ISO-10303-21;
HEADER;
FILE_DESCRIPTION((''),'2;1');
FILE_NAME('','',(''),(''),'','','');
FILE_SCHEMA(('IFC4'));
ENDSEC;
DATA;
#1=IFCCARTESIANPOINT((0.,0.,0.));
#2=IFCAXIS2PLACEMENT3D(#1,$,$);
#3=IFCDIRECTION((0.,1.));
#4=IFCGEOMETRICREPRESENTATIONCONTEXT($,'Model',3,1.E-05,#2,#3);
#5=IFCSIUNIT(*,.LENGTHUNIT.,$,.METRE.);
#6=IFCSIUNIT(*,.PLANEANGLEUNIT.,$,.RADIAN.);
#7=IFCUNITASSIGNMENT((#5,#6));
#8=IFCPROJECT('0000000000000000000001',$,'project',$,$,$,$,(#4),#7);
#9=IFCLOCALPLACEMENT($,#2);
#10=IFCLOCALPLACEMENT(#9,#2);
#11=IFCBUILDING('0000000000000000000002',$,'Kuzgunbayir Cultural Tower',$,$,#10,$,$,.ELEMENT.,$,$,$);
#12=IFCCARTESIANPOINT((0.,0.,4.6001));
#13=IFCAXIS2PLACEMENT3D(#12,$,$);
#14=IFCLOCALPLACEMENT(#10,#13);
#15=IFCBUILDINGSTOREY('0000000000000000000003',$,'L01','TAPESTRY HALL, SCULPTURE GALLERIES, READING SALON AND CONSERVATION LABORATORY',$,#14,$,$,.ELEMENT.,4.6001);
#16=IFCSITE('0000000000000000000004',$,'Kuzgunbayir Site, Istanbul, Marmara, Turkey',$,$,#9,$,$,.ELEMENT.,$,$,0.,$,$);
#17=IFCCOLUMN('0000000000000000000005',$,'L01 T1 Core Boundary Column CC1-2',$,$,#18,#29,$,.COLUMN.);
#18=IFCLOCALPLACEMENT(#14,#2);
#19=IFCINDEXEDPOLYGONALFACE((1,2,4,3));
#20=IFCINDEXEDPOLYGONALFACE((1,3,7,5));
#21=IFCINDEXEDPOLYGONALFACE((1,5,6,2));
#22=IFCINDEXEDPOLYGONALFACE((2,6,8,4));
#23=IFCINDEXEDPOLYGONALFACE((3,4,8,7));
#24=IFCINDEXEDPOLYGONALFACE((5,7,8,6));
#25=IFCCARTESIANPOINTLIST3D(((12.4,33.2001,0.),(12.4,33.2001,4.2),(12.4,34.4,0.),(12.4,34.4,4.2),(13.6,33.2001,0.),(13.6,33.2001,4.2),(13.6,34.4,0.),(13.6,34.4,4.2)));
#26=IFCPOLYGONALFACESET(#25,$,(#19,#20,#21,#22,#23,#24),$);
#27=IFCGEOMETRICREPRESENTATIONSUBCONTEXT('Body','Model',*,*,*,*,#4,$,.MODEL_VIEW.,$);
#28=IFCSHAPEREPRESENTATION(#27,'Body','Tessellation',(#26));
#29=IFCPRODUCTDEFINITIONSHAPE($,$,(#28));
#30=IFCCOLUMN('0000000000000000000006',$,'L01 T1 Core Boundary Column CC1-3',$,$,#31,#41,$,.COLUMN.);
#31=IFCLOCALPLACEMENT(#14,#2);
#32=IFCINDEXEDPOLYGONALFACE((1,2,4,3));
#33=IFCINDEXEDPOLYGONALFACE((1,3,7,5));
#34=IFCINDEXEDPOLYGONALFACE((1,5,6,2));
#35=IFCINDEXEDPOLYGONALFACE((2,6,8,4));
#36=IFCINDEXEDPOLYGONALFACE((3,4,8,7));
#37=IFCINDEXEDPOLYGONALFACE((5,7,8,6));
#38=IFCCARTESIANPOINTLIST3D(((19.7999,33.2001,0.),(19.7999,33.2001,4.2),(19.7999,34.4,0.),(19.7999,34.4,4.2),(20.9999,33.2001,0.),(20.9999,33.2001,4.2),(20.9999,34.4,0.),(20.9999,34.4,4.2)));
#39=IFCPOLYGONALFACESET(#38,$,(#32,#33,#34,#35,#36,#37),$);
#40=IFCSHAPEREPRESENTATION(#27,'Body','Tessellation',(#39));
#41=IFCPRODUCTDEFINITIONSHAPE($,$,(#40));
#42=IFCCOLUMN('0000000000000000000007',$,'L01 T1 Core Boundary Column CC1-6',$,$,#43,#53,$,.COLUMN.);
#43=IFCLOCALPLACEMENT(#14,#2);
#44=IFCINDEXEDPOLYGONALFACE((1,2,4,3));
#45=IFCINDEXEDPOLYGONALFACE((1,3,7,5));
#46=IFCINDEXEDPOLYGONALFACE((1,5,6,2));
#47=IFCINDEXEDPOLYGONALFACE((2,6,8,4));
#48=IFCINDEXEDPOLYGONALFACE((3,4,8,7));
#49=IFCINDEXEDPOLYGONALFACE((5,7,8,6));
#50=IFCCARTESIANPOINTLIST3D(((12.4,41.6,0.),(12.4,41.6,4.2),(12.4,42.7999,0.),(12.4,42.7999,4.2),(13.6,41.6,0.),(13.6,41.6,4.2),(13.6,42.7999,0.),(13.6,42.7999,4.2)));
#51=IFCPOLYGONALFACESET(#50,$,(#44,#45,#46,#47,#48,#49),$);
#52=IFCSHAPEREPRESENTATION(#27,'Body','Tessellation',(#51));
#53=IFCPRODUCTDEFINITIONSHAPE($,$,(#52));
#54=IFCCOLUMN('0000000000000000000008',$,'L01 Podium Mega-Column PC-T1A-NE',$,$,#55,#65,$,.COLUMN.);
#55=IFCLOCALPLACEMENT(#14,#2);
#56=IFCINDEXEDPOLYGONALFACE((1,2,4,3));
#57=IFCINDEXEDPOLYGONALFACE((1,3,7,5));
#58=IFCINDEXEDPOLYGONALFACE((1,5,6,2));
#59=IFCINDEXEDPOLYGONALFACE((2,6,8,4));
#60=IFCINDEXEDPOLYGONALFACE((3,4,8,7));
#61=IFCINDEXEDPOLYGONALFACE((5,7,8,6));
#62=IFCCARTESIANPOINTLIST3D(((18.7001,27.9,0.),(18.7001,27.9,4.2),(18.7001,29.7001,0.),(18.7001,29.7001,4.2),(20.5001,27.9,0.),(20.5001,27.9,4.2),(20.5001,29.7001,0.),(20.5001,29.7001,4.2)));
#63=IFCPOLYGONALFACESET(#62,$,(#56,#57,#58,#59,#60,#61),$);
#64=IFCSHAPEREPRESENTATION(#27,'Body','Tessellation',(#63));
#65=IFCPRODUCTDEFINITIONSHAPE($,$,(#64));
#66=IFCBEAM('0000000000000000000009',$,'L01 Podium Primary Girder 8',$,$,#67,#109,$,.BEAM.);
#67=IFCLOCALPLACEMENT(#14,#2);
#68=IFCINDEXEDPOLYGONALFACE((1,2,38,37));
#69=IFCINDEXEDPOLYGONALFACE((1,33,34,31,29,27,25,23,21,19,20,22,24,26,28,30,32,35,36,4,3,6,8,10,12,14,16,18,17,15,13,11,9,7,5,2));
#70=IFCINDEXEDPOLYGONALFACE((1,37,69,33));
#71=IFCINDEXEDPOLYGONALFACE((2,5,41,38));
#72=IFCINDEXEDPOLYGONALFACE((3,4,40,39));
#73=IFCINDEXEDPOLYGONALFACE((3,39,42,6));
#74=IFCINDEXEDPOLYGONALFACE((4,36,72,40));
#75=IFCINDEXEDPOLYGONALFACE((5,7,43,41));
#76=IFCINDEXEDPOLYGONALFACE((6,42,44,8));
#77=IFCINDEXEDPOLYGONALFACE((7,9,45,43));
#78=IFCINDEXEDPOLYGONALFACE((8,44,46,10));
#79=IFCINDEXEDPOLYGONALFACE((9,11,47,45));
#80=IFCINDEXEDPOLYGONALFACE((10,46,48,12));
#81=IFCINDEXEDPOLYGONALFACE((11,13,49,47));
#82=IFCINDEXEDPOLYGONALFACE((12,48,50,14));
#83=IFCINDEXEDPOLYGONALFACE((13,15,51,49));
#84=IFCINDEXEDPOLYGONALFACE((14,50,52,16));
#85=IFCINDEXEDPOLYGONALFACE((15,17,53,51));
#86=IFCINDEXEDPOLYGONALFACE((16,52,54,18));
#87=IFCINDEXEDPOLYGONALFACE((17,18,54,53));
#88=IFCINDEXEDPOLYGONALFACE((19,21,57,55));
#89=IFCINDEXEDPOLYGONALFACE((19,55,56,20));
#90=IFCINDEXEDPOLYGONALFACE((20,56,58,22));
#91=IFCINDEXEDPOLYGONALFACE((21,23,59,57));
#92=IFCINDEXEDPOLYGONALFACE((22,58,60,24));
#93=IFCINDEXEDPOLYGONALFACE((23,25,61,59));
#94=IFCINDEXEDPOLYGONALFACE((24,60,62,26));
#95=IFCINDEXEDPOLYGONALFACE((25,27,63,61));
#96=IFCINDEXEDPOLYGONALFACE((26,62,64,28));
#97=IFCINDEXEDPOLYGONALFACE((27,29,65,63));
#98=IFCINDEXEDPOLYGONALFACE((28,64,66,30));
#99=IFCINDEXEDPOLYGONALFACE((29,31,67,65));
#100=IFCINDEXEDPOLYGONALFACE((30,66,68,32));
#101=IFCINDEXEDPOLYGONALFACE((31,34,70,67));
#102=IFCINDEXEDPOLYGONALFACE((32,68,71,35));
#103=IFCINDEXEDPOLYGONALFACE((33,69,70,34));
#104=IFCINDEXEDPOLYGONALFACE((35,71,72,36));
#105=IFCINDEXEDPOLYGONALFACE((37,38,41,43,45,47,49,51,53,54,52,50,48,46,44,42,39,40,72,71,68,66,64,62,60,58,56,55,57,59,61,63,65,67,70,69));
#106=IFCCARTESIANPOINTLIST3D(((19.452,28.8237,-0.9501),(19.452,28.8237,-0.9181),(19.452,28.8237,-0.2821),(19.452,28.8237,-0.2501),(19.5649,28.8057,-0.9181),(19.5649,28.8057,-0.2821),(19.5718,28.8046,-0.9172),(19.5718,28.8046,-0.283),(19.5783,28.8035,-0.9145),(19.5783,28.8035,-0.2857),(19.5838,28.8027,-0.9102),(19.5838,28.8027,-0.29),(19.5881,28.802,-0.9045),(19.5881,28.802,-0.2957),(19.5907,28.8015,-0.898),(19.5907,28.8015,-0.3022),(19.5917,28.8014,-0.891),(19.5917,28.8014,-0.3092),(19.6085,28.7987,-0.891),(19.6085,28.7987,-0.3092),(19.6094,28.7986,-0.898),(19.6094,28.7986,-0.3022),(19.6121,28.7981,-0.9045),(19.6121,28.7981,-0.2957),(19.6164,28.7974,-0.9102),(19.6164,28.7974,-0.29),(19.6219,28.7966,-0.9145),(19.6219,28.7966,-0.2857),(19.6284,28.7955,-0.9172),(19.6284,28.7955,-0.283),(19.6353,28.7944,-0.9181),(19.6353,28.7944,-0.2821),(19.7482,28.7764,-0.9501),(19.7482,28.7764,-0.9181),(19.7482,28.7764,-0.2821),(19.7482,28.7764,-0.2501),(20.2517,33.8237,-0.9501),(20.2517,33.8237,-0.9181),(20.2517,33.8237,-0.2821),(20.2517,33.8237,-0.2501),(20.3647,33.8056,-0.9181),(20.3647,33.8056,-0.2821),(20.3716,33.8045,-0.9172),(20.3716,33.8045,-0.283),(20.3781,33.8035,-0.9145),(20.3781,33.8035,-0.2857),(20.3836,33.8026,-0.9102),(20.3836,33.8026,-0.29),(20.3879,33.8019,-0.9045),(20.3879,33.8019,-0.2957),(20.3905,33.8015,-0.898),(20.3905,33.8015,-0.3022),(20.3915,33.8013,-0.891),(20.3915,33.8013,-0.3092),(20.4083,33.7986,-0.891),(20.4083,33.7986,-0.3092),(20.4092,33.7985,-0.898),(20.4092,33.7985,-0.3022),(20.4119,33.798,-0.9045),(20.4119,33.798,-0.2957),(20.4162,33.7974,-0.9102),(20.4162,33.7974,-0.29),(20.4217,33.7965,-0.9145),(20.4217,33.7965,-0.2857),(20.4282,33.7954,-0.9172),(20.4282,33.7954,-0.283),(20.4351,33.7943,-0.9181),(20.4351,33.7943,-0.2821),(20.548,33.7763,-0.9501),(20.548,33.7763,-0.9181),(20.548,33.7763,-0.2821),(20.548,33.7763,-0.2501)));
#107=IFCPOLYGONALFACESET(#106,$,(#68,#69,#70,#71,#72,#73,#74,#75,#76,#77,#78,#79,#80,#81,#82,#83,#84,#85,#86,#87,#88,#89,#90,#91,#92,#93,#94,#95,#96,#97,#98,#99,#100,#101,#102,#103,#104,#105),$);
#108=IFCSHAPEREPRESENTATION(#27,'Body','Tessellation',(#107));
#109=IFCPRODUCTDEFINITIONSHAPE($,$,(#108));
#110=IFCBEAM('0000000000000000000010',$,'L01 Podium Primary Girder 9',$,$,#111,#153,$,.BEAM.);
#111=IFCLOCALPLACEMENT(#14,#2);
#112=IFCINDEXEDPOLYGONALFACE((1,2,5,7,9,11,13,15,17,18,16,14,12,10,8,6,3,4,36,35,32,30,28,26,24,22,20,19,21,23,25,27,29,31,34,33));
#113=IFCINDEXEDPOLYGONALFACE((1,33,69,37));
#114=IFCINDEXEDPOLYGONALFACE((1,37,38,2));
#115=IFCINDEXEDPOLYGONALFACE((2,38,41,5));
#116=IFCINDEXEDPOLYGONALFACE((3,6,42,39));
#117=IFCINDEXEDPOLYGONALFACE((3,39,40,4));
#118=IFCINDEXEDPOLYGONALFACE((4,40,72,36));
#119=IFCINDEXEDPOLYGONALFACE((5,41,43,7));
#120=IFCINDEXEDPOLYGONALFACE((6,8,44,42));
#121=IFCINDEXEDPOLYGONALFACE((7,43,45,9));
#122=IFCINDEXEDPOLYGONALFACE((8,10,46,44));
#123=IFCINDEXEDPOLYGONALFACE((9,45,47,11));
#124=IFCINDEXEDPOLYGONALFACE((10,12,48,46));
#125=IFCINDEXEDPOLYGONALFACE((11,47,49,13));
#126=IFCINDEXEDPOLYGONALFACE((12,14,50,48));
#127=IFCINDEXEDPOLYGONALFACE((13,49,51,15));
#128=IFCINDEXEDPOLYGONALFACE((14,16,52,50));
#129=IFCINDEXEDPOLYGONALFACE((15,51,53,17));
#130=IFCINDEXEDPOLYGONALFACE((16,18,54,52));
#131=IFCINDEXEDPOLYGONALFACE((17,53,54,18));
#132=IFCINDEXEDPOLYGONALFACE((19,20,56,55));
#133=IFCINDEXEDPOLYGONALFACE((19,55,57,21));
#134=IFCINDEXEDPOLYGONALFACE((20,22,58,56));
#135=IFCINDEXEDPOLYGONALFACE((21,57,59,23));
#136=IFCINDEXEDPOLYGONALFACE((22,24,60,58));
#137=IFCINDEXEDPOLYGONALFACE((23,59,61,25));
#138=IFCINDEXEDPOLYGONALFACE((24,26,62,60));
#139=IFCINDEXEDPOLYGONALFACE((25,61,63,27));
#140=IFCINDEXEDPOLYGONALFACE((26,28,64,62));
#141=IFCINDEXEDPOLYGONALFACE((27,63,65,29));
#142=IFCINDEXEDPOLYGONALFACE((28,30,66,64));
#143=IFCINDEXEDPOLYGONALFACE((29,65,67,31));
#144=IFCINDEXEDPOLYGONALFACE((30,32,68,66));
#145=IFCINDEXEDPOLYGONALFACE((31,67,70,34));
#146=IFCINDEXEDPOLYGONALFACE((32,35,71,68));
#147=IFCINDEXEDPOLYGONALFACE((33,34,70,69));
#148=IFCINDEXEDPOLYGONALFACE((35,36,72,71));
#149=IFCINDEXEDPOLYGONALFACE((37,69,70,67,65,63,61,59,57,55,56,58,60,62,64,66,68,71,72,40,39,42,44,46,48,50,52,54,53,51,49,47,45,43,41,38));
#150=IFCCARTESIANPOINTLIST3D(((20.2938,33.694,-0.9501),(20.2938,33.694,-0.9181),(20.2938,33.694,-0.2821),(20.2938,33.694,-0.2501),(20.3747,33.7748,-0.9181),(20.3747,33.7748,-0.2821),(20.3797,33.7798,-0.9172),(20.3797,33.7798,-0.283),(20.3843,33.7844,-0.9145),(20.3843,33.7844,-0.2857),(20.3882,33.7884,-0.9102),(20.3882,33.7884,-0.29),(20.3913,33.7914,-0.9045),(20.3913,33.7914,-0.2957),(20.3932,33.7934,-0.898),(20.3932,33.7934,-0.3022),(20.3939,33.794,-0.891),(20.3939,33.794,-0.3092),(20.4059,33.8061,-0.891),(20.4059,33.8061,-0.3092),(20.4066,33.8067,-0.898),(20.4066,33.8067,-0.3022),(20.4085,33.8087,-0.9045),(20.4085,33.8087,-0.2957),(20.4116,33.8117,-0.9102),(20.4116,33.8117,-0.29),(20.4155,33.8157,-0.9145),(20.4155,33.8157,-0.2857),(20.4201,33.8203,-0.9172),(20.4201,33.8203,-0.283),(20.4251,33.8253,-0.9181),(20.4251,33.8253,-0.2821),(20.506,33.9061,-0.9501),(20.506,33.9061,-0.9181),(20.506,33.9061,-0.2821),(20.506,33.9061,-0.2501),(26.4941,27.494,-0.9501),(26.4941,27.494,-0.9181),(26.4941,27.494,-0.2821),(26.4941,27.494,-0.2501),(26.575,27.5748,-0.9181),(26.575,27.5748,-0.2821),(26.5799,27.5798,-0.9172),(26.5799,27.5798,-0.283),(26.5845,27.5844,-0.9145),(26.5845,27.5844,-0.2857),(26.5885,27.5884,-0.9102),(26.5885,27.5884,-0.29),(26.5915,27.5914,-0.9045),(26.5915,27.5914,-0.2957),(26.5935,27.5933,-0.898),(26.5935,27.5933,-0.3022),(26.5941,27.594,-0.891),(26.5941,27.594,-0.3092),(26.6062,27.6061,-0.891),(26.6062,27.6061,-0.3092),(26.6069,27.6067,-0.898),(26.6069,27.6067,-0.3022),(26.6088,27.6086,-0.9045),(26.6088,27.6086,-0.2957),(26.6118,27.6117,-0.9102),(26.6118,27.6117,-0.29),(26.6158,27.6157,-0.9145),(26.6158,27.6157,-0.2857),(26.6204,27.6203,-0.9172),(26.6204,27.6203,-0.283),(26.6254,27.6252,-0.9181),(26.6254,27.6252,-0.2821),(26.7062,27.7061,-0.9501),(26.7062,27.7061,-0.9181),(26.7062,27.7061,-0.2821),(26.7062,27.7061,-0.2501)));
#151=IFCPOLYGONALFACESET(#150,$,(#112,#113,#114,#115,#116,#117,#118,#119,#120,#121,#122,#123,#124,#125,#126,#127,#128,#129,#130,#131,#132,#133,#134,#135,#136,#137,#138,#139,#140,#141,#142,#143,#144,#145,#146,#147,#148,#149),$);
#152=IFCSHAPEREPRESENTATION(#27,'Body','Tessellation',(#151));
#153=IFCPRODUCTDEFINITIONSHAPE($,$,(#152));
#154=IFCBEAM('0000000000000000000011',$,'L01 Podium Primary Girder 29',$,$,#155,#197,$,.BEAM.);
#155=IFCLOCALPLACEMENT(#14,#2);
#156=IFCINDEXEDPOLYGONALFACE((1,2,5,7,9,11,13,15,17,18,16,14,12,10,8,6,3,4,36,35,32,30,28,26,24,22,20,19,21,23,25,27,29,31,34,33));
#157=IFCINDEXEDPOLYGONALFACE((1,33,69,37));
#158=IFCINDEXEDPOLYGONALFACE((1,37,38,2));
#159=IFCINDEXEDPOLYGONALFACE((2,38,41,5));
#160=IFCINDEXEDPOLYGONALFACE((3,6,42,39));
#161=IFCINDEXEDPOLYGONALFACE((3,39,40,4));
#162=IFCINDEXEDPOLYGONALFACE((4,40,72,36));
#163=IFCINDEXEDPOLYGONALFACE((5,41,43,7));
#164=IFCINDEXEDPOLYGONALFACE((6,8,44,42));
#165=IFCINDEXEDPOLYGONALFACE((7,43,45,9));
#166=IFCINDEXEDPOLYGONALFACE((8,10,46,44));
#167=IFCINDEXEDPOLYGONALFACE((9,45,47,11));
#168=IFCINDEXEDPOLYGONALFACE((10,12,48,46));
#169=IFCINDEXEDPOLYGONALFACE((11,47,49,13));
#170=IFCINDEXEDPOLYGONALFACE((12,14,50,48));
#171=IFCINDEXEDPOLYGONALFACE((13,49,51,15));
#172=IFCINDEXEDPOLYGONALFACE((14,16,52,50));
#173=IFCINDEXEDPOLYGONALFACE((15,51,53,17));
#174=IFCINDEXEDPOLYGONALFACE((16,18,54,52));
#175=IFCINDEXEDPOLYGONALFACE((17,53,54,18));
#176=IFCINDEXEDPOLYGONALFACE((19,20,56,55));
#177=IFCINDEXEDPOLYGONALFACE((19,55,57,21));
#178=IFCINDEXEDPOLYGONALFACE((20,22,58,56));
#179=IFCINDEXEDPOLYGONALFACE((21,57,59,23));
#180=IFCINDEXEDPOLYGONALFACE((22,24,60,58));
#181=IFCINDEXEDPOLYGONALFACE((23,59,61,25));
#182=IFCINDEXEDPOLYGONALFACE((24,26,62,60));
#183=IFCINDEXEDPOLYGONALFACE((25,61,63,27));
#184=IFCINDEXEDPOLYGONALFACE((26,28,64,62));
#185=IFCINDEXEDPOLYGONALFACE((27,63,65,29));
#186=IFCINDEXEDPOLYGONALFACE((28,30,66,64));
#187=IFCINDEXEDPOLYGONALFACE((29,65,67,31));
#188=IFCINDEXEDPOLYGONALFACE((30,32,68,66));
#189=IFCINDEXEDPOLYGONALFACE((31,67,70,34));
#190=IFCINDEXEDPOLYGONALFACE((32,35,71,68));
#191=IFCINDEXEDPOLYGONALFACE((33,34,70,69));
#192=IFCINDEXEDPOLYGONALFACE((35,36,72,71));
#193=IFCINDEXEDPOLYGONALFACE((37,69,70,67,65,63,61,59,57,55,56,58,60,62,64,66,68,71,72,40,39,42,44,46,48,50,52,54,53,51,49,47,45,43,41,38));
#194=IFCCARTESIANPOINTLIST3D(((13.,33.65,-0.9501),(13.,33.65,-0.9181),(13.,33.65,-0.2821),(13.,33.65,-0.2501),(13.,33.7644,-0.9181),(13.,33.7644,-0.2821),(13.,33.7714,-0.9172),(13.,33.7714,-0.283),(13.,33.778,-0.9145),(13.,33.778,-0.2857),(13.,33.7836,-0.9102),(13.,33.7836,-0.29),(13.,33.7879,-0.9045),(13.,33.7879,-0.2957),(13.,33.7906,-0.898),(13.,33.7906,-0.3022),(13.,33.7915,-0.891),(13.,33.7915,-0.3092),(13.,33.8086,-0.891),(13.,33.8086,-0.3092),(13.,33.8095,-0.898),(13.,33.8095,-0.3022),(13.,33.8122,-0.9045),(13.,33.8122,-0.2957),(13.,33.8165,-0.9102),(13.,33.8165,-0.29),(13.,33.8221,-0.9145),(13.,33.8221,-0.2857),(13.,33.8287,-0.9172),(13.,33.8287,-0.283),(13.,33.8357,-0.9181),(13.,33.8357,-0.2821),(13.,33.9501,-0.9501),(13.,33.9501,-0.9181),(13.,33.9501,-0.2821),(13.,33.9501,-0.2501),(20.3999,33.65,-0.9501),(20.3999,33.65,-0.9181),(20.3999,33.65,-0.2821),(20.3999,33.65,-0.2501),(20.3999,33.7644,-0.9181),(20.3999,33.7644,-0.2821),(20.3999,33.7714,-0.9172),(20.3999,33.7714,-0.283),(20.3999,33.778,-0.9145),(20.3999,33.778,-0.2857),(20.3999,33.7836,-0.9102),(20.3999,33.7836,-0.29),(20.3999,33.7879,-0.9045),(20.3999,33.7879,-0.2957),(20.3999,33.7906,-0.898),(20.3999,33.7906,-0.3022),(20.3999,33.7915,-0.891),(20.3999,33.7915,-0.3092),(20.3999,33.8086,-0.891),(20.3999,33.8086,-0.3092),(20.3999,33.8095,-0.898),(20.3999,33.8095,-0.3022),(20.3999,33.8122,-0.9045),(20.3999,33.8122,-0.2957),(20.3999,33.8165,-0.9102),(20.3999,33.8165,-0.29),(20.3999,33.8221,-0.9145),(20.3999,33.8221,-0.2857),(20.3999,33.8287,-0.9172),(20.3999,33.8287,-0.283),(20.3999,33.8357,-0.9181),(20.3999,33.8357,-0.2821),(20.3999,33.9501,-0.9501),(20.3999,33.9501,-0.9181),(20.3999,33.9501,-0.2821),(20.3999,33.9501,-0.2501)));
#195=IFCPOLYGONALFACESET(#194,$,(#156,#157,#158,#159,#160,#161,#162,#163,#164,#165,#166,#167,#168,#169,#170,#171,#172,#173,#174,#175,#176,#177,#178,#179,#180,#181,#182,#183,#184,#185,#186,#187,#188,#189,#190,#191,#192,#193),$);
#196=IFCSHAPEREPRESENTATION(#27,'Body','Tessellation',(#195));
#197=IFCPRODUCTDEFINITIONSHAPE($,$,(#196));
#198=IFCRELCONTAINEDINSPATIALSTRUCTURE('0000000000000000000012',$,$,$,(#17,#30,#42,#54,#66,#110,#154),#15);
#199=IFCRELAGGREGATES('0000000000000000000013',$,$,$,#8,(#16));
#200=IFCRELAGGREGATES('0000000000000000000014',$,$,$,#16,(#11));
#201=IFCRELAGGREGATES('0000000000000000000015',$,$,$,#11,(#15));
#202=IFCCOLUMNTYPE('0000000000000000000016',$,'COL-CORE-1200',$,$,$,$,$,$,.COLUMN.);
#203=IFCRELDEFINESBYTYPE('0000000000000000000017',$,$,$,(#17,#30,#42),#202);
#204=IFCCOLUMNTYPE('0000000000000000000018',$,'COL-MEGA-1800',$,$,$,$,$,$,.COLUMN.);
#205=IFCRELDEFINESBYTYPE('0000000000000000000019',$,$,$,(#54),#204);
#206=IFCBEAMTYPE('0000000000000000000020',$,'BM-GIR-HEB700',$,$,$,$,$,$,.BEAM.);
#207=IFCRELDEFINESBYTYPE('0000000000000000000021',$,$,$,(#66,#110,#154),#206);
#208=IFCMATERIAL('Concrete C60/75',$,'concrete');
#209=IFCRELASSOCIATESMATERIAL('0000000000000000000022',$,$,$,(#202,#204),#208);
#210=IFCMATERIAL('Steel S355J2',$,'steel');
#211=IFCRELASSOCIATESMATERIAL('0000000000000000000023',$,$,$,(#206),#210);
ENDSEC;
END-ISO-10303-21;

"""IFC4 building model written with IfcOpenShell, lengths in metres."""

from ifc_helpers import new_model, si_unit, direction, frame, origin, origin_2d, place, context, subcontext, project, spatial, rectangle, i_section, extrude, material, material_profile, profile_set, type_object, element, save


model = new_model("IFC4")

# Units and contexts
model_context = context("Model", 3, precision=1e-05, world=origin(), true_north=direction((0.0, 1.0)))
body_context = subcontext(model_context, "Body", "Model", "MODEL_VIEW")
ifc_project = project(units=[si_unit("LENGTHUNIT", "METRE"), si_unit("PLANEANGLEUNIT", "RADIAN")], contexts=[model_context])

# Site, building, storey
site_placement = place(None, origin())
site = spatial("IfcSite", under=ifc_project, at=site_placement, Name="Kuzgunbayir Site, Istanbul, Marmara, Turkey", CompositionType="ELEMENT", RefElevation=0.0)
building_placement = place(site_placement, origin())
building = spatial("IfcBuilding", under=site, at=building_placement, Name="Kuzgunbayir Cultural Tower", CompositionType="ELEMENT")
storey_placement = place(building_placement, frame((0.0, 0.0, 4.6001)))
storey = spatial("IfcBuildingStorey", under=building, at=storey_placement, Name="L01", Description="TAPESTRY HALL, SCULPTURE GALLERIES, READING SALON AND CONSERVATION LABORATORY", CompositionType="ELEMENT", Elevation=4.6001)

# Columns
ifc_material_1 = material(Name="Concrete C60/75", Category="concrete")
ifc_material_profile_1 = material_profile(ifc_material_1, rectangle(XDim=1.2, YDim=1.2, at=origin_2d()), Name="RC 1200x1200")
ifc_profile_set_1 = profile_set([ifc_material_profile_1], Name="Concrete C60/75")
column_type_1 = type_object("IfcColumnType", Name="COL-CORE-1200", PredefinedType="COLUMN", material=ifc_profile_set_1)
for number, where, z_axis, x_axis, name in (
    (1, (13.0, 33.8, 0.0), (0.0, 0.0, 1.0), (1.0, 0.0, 0.0), "L01 T1 Core Boundary Column CC1-2"),
    (2, (20.3999, 33.8, 0.0), (0.0, 0.0, 1.0), (1.0, 0.0, 0.0), "L01 T1 Core Boundary Column CC1-3"),
    (3, (13.0, 42.2, 0.0), (0.0, 0.0, 1.0), (1.0, 0.0, 0.0), "L01 T1 Core Boundary Column CC1-6"),
):
    element("IfcColumn", number, at=place(storey_placement, frame(where, z_axis=z_axis, x_axis=x_axis)), inside=storey, type_object=column_type_1, Name=name, PredefinedType="COLUMN", context=body_context, shape_type="SweptSolid", body=[
        extrude(rectangle(XDim=1.2, YDim=1.2, at=origin_2d()), origin(), (0.0, 0.0, 1.0), 4.2),
    ])
ifc_material_profile_2 = material_profile(ifc_material_1, rectangle(XDim=1.8, YDim=1.8, at=origin_2d()), Name="RC 1800x1800")
ifc_profile_set_2 = profile_set([ifc_material_profile_2], Name="Concrete C60/75")
column_type_2 = type_object("IfcColumnType", Name="COL-MEGA-1800", PredefinedType="COLUMN", material=ifc_profile_set_2)
column_placement = place(storey_placement, frame((19.6001, 28.8, 0.0), z_axis=(0.0, 0.0, 1.0), x_axis=(1.0, 0.0, 0.0)))
element("IfcColumn", 4, at=column_placement, inside=storey, type_object=column_type_2, Name="L01 Podium Mega-Column PC-T1A-NE", PredefinedType="COLUMN", context=body_context, shape_type="SweptSolid", body=[
    extrude(rectangle(XDim=1.8, YDim=1.8, at=origin_2d()), origin(), (0.0, 0.0, 1.0), 4.2),
])

# Beams
ifc_material_2 = material(Name="Steel S355J2", Category="steel")
ifc_material_profile_3 = material_profile(ifc_material_2, i_section(OverallWidth=0.3, OverallDepth=0.7, WebThickness=0.0171, FlangeThickness=0.032, FilletRadius=0.0271, at=origin_2d()), Name="HEB 700")
ifc_profile_set_3 = profile_set([ifc_material_profile_3], Name="Steel S355J2")
beam_type = type_object("IfcBeamType", Name="BM-GIR-HEB700", PredefinedType="BEAM", material=ifc_profile_set_3)
beam_1_placement = place(storey_placement, frame((19.6001, 28.8, -0.6001), z_axis=(0.157953, 0.987447, 0.0), x_axis=(-0.987447, 0.157953, 0.0)))
element("IfcBeam", 5, at=beam_1_placement, inside=storey, type_object=beam_type, Name="L01 Podium Primary Girder 8", PredefinedType="BEAM", context=body_context, shape_type="SweptSolid", body=[
    extrude(i_section(OverallWidth=0.3, OverallDepth=0.7, WebThickness=0.0171, FlangeThickness=0.032, FilletRadius=0.0271, at=origin_2d()), origin(), (0.0, 0.0, 1.0), 5.0635),
])
beam_2_placement = place(storey_placement, frame((20.3999, 33.8, -0.6001), z_axis=(0.707121, -0.707093, 0.0), x_axis=(0.707093, 0.707121, 0.0)))
element("IfcBeam", 6, at=beam_2_placement, inside=storey, type_object=beam_type, Name="L01 Podium Primary Girder 9", PredefinedType="BEAM", context=body_context, shape_type="SweptSolid", body=[
    extrude(i_section(OverallWidth=0.3, OverallDepth=0.7, WebThickness=0.0171, FlangeThickness=0.032, FilletRadius=0.0271, at=origin_2d()), origin(), (0.0, 0.0, 1.0), 8.7683),
])
beam_3_placement = place(storey_placement, frame((13.0, 33.8, -0.6001), z_axis=(1.0, 0.0, 0.0), x_axis=(0.0, 1.0, 0.0)))
element("IfcBeam", 7, at=beam_3_placement, inside=storey, type_object=beam_type, Name="L01 Podium Primary Girder 29", PredefinedType="BEAM", context=body_context, shape_type="SweptSolid", body=[
    extrude(i_section(OverallWidth=0.3, OverallDepth=0.7, WebThickness=0.0171, FlangeThickness=0.032, FilletRadius=0.0271, at=origin_2d()), origin(), (0.0, 0.0, 1.0), 7.3999),
])

save(model, "model.ifc")
